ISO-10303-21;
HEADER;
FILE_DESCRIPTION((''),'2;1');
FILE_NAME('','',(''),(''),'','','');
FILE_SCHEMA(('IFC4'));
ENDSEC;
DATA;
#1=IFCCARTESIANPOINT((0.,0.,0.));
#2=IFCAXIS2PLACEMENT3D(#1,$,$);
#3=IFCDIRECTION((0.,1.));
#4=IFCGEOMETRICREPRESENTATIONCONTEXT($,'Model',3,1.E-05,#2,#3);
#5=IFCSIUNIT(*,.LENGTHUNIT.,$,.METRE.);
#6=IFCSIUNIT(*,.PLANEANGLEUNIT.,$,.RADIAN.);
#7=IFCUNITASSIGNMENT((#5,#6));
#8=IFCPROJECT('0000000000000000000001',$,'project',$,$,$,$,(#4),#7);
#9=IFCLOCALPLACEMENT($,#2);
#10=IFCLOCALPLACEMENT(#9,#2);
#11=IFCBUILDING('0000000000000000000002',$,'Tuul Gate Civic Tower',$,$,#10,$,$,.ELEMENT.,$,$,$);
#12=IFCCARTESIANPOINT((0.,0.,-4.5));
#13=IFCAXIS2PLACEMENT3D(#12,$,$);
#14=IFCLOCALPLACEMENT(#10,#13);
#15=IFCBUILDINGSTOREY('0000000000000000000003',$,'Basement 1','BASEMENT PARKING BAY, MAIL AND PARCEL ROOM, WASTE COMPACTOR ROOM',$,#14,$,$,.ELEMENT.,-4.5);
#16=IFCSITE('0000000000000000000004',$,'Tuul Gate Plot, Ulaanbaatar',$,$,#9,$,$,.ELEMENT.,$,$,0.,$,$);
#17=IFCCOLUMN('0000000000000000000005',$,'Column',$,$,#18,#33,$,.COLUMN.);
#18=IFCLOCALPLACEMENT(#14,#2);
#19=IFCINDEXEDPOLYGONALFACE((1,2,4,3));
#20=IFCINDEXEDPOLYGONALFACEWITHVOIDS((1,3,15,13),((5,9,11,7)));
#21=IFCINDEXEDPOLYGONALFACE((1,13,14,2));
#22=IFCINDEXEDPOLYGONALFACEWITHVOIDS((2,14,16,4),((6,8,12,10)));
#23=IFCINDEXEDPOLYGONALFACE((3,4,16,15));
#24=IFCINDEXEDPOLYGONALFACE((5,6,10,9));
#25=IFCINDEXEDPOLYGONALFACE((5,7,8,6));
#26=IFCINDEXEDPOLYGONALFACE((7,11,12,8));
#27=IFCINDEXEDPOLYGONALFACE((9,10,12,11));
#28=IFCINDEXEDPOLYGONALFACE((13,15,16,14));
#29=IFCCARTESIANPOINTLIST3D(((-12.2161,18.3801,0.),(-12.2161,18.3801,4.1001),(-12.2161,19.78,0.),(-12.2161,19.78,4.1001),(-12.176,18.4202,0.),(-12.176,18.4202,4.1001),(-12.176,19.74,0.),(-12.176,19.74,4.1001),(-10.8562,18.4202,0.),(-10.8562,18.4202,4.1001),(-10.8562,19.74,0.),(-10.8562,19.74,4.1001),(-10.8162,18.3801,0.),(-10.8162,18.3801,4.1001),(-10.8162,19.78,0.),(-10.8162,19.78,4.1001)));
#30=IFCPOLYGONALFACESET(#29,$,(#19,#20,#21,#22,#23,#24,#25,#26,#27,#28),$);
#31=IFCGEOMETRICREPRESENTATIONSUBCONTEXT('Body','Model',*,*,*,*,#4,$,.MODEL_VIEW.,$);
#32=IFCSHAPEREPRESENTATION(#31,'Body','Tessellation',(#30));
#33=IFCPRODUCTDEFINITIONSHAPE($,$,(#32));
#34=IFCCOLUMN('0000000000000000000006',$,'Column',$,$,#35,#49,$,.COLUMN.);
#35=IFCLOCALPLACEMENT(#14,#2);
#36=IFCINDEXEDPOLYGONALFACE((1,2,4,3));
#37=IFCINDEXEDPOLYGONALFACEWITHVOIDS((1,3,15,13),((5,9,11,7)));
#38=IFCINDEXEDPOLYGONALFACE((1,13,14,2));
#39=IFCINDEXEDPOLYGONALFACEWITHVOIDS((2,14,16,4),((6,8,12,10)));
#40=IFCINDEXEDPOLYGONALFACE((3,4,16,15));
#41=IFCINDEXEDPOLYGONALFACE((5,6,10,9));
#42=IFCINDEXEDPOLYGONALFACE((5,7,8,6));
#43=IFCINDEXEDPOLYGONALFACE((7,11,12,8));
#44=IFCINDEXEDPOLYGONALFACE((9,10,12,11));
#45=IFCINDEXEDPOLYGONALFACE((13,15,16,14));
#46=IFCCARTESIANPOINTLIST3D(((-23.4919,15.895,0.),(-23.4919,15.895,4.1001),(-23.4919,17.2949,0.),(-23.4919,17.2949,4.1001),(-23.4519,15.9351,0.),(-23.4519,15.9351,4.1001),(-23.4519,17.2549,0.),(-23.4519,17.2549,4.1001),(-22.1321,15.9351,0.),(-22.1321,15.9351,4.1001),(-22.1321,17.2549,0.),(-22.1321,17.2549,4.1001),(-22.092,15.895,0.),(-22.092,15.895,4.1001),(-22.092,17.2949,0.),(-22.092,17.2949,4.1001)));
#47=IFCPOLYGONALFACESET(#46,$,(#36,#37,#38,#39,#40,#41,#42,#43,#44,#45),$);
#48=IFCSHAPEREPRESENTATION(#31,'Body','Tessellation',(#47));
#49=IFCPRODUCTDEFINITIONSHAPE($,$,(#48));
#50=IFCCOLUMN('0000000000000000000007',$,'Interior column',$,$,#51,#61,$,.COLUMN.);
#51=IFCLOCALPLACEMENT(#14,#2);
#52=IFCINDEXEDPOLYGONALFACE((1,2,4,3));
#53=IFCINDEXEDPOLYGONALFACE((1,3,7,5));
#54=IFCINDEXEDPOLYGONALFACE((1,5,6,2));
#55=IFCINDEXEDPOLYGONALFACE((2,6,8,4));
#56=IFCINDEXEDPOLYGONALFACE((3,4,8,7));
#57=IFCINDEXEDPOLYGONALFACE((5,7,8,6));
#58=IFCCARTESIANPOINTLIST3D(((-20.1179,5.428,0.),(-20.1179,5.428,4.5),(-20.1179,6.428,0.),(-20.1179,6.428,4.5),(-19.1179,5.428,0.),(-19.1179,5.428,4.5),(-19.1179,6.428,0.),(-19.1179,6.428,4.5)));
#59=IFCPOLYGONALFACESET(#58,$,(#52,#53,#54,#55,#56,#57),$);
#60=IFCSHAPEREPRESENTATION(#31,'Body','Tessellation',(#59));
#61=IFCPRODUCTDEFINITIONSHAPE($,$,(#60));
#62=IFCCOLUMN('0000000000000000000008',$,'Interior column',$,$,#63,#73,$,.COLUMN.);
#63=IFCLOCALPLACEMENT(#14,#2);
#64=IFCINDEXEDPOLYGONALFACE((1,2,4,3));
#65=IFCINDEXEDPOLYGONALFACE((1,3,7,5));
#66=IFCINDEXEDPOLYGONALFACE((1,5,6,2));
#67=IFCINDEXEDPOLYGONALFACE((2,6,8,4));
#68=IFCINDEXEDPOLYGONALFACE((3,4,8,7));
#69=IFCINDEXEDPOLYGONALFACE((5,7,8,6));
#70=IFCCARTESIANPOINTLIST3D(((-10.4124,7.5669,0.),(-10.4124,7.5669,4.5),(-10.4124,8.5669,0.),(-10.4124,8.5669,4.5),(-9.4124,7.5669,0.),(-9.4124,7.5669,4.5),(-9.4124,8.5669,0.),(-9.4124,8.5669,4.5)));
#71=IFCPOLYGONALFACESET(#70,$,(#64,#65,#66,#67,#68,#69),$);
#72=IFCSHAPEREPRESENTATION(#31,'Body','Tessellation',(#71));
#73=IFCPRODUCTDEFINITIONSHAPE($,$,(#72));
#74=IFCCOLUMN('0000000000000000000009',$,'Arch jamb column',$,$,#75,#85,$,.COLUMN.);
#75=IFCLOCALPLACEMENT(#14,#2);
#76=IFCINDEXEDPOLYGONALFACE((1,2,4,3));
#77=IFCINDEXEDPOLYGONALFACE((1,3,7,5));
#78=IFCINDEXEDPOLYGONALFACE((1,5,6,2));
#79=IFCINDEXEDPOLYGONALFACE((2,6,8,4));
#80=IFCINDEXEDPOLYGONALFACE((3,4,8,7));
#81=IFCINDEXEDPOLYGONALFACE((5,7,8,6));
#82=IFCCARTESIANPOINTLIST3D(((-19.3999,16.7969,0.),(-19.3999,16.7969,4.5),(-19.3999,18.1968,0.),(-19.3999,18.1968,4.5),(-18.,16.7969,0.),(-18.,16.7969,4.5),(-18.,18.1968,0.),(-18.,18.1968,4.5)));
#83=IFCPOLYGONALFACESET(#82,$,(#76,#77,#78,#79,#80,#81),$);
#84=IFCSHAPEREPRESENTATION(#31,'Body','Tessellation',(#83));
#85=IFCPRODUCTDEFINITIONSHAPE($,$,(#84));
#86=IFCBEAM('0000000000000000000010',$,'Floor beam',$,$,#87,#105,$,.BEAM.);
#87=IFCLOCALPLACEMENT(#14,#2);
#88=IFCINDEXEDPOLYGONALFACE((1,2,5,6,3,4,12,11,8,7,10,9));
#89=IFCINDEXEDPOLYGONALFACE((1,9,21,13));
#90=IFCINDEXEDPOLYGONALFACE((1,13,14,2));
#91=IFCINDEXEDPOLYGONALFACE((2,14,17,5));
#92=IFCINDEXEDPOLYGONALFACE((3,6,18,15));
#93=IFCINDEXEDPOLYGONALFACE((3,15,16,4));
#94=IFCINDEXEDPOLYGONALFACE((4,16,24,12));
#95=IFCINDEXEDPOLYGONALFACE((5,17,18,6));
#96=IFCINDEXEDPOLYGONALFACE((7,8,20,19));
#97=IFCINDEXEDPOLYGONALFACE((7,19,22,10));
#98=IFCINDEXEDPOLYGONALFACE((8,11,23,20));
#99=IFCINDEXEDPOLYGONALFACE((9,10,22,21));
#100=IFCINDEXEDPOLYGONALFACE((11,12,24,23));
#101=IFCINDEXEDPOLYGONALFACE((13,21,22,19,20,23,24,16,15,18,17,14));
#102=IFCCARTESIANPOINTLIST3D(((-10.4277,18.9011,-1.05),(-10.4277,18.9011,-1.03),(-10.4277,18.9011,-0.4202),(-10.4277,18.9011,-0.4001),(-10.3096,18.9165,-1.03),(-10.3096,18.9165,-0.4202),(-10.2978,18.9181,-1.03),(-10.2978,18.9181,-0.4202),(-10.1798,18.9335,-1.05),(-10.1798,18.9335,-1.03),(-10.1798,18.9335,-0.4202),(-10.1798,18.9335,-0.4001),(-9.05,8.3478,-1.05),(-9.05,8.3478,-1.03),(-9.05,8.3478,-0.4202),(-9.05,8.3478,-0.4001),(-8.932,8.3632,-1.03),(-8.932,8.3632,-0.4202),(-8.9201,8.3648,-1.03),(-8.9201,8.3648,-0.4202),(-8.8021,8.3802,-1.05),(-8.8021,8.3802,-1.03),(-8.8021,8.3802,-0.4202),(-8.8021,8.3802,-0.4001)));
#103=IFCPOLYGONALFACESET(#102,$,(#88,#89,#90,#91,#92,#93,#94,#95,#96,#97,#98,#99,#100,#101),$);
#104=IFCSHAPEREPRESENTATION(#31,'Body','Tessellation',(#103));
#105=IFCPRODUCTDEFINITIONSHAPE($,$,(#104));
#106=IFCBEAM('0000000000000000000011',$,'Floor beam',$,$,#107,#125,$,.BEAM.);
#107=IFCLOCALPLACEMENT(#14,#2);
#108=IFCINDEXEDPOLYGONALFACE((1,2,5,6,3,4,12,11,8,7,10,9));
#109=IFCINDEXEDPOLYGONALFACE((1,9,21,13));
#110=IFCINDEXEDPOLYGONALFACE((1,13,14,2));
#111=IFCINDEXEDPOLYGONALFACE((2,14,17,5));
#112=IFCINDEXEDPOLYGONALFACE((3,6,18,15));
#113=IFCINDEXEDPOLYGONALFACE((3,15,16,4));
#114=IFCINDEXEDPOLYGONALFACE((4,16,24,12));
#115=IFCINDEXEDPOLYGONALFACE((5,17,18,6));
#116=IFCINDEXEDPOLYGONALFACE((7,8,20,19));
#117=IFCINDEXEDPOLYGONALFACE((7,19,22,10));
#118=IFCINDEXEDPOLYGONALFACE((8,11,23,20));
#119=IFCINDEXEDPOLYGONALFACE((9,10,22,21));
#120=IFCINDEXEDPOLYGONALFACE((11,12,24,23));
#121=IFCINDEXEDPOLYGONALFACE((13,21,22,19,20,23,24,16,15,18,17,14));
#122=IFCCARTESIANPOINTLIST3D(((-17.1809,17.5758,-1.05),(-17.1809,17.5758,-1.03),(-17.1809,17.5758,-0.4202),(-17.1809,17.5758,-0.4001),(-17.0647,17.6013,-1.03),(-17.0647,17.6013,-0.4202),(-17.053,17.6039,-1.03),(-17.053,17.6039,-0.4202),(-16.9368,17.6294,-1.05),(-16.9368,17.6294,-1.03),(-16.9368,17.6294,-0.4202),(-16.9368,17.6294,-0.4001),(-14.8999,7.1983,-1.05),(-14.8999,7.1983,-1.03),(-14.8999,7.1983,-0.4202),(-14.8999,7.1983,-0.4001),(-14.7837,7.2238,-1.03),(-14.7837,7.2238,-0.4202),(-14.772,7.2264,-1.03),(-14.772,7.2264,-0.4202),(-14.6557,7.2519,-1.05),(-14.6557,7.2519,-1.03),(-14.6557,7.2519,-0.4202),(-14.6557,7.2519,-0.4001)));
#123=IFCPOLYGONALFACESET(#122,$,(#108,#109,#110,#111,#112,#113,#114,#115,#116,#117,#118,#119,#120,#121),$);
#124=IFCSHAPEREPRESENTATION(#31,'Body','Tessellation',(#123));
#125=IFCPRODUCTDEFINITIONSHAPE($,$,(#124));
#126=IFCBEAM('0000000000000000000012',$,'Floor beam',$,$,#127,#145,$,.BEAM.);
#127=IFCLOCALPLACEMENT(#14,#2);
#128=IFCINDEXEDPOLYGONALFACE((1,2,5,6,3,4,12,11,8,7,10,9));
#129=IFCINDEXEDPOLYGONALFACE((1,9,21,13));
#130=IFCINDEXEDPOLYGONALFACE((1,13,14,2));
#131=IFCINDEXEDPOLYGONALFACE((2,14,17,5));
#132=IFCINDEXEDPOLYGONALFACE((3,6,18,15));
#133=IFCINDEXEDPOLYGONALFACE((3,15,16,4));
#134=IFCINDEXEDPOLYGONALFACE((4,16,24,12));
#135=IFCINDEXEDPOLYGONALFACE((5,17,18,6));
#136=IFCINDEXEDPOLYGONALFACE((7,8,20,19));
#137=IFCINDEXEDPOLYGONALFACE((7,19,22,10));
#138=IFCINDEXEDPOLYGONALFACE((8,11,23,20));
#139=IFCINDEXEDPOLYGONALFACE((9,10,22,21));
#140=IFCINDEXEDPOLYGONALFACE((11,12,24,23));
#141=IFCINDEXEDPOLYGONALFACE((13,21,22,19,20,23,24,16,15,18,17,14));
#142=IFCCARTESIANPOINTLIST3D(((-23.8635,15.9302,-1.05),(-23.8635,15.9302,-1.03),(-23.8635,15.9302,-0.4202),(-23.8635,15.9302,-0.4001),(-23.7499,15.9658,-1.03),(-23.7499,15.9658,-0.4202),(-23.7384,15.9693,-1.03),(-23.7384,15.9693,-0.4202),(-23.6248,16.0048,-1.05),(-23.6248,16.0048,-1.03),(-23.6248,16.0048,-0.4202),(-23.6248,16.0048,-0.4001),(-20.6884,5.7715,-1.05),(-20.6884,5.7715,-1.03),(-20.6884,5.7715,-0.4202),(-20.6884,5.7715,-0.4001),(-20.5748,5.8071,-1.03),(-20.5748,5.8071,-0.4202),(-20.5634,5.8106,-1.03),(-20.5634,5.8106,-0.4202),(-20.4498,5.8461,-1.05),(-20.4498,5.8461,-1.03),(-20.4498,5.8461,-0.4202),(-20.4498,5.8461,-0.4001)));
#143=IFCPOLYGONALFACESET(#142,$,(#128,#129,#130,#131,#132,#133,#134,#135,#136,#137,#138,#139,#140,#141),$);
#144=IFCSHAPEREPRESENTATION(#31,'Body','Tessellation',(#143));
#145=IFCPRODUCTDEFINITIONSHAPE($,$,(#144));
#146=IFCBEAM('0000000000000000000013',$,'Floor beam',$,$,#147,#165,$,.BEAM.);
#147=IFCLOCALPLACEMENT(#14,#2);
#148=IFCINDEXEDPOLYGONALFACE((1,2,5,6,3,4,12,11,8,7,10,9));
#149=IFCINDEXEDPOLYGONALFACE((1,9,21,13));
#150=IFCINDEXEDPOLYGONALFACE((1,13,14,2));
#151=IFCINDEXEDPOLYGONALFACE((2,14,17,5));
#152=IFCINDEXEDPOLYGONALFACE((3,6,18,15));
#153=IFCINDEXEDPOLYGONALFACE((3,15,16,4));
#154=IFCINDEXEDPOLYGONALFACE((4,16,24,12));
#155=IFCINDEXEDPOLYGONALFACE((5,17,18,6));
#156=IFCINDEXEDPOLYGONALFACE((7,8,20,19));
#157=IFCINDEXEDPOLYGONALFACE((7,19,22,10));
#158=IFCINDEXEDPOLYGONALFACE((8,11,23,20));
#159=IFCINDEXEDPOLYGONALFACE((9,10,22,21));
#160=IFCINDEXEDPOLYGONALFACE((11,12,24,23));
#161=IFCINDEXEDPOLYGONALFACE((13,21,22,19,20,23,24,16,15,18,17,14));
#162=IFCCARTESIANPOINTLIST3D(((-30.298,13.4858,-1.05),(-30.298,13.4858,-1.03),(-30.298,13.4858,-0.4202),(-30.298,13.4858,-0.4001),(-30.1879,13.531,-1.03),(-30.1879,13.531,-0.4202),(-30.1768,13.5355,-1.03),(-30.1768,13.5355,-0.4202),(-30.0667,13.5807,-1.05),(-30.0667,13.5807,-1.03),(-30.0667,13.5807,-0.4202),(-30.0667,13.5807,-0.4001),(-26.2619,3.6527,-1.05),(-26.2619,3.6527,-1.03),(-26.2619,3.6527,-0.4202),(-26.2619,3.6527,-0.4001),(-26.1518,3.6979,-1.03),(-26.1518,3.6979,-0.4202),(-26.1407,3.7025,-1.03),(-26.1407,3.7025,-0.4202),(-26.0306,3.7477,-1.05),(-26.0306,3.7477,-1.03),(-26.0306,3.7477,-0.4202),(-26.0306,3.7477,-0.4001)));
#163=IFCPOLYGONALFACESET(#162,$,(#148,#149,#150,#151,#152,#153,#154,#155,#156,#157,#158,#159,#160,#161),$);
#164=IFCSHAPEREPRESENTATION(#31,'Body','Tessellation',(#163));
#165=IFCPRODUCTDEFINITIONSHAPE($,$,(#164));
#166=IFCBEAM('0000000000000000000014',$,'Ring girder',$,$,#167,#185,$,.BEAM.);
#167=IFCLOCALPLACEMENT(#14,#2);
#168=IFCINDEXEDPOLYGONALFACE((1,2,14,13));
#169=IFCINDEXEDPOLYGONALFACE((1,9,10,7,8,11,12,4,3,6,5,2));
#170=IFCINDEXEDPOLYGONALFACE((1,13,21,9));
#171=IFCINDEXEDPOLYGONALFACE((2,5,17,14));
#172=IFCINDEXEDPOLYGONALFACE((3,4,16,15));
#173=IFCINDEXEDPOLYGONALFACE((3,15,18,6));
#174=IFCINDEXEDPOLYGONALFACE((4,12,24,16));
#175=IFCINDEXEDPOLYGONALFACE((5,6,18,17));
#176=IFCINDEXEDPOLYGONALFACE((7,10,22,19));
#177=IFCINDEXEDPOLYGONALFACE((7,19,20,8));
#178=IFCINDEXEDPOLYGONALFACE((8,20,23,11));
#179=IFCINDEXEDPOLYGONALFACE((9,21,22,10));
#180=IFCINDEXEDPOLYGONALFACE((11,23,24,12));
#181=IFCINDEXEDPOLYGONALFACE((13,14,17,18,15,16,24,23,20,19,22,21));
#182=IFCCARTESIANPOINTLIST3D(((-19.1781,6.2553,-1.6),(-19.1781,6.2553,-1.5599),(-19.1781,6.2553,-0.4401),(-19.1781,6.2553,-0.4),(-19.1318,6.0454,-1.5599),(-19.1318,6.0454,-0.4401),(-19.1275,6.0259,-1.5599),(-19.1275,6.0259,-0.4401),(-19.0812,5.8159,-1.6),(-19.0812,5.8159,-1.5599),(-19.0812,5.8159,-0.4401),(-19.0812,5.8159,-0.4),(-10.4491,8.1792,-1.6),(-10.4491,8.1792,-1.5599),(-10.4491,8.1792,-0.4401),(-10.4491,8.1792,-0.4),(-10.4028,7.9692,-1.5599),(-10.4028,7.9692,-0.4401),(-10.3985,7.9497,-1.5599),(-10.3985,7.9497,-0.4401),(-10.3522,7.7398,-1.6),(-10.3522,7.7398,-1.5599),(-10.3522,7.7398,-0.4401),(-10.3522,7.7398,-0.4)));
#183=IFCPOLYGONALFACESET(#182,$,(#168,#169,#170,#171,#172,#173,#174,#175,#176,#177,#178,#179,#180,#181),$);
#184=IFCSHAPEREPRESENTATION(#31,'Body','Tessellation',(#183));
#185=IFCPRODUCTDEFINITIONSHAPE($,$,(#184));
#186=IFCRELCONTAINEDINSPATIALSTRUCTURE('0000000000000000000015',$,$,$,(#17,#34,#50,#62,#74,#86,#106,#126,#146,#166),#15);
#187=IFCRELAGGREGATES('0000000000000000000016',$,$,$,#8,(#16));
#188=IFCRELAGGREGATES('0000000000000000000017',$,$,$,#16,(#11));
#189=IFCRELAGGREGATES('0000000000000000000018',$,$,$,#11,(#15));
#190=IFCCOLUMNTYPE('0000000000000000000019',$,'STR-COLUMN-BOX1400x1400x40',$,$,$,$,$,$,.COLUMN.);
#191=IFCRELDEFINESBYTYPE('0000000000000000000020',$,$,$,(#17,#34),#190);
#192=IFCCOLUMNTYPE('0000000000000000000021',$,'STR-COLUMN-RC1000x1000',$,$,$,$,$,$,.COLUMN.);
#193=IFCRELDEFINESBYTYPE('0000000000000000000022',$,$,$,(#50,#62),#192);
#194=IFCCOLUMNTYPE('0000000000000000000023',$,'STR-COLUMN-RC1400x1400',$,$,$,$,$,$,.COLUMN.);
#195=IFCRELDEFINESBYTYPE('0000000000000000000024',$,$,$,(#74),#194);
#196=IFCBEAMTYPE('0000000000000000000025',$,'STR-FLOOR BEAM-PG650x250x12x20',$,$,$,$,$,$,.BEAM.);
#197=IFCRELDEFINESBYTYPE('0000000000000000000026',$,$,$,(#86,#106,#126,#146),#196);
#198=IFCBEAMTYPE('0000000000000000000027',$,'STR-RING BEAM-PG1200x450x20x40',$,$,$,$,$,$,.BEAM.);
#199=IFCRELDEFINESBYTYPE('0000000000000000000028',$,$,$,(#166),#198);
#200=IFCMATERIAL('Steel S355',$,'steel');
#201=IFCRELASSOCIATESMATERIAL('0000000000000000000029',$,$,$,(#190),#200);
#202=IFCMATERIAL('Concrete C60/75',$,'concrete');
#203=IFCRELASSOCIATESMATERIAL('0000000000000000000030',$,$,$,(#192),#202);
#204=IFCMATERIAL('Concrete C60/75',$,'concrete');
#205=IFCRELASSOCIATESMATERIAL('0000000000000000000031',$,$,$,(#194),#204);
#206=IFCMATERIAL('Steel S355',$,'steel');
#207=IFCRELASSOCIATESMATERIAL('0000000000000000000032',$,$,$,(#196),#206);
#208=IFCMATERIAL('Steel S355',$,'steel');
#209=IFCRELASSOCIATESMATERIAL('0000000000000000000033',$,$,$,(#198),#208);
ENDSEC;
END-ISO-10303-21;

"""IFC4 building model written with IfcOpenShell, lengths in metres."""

from ifc_helpers import new_model, si_unit, direction, frame, origin, origin_2d, place, context, subcontext, project, spatial, rectangle, hollow_rectangle, i_section, extrude, material, material_profile, profile_set, type_object, element, save


model = new_model("IFC4")

# Units and contexts
model_context = context("Model", 3, precision=1e-05, world=origin(), true_north=direction((0.0, 1.0)))
body_context = subcontext(model_context, "Body", "Model", "MODEL_VIEW")
ifc_project = project(units=[si_unit("LENGTHUNIT", "METRE"), si_unit("PLANEANGLEUNIT", "RADIAN")], contexts=[model_context])

# Site, building, storey
site_placement = place(None, origin())
site = spatial("IfcSite", under=ifc_project, at=site_placement, Name="Tuul Gate Plot, Ulaanbaatar", CompositionType="ELEMENT", RefElevation=0.0)
building_placement = place(site_placement, origin())
building = spatial("IfcBuilding", under=site, at=building_placement, Name="Tuul Gate Civic Tower", CompositionType="ELEMENT")
storey_placement = place(building_placement, frame((0.0, 0.0, -4.5)))
storey = spatial("IfcBuildingStorey", under=building, at=storey_placement, Name="Basement 1", Description="BASEMENT PARKING BAY, MAIL AND PARCEL ROOM, WASTE COMPACTOR ROOM", CompositionType="ELEMENT", Elevation=-4.5)

# Columns
ifc_material_1 = material(Name="Steel S355", Category="steel")
ifc_material_profile_1 = material_profile(ifc_material_1, hollow_rectangle(XDim=1.3999, YDim=1.3999, WallThickness=0.04, at=origin_2d()), Name="BOX1400x1400x40")
ifc_profile_set_1 = profile_set([ifc_material_profile_1], Name="Steel S355")
column_type_1 = type_object("IfcColumnType", Name="STR-COLUMN-BOX1400x1400x40", PredefinedType="COLUMN", material=ifc_profile_set_1)
for number, where, z_axis, x_axis, name in (
    (1, (-11.5161, 19.0801, 0.0), (0.0, 0.0, 1.0), (1.0, 0.0, 0.0), "Column"),
    (2, (-22.792, 16.595, 0.0), (0.0, 0.0, 1.0), (1.0, 0.0, 0.0), "Column"),
):
    element("IfcColumn", number, at=place(storey_placement, frame(where, z_axis=z_axis, x_axis=x_axis)), inside=storey, type_object=column_type_1, Name=name, PredefinedType="COLUMN", context=body_context, shape_type="SweptSolid", body=[
        extrude(hollow_rectangle(XDim=1.3999, YDim=1.3999, WallThickness=0.04, at=origin_2d()), origin(), (0.0, 0.0, 1.0), 4.1001),
    ])
ifc_material_2 = material(Name="Concrete C60/75", Category="concrete")
ifc_material_profile_2 = material_profile(ifc_material_2, rectangle(XDim=1.0, YDim=1.0, at=origin_2d()), Name="RC1000x1000")
ifc_profile_set_2 = profile_set([ifc_material_profile_2], Name="Concrete C60/75")
column_type_2 = type_object("IfcColumnType", Name="STR-COLUMN-RC1000x1000", PredefinedType="COLUMN", material=ifc_profile_set_2)
for number, where, z_axis, x_axis, name in (
    (3, (-19.6179, 5.928, 0.0), (0.0, 0.0, 1.0), (1.0, 0.0, 0.0), "Interior column"),
    (4, (-9.9124, 8.0669, 0.0), (0.0, 0.0, 1.0), (1.0, 0.0, 0.0), "Interior column"),
):
    element("IfcColumn", number, at=place(storey_placement, frame(where, z_axis=z_axis, x_axis=x_axis)), inside=storey, type_object=column_type_2, Name=name, PredefinedType="COLUMN", context=body_context, shape_type="SweptSolid", body=[
        extrude(rectangle(XDim=1.0, YDim=1.0, at=origin_2d()), origin(), (0.0, 0.0, 1.0), 4.5),
    ])
ifc_material_3 = material(Name="Concrete C60/75", Category="concrete")
ifc_material_profile_3 = material_profile(ifc_material_3, rectangle(XDim=1.3999, YDim=1.3999, at=origin_2d()), Name="RC1400x1400")
ifc_profile_set_3 = profile_set([ifc_material_profile_3], Name="Concrete C60/75")
column_type_3 = type_object("IfcColumnType", Name="STR-COLUMN-RC1400x1400", PredefinedType="COLUMN", material=ifc_profile_set_3)
column_placement = place(storey_placement, frame((-18.7, 17.4968, 0.0), z_axis=(0.0, 0.0, 1.0), x_axis=(1.0, 0.0, 0.0)))
element("IfcColumn", 5, at=column_placement, inside=storey, type_object=column_type_3, Name="Arch jamb column", PredefinedType="COLUMN", context=body_context, shape_type="SweptSolid", body=[
    extrude(rectangle(XDim=1.3999, YDim=1.3999, at=origin_2d()), origin(), (0.0, 0.0, 1.0), 4.5),
])

# Beams
ifc_material_4 = material(Name="Steel S355", Category="steel")
ifc_material_profile_4 = material_profile(ifc_material_4, i_section(OverallWidth=0.25, OverallDepth=0.6499, WebThickness=0.012, FlangeThickness=0.02, at=origin_2d()), Name="PG650x250x12x20")
ifc_profile_set_4 = profile_set([ifc_material_profile_4], Name="Steel S355")
beam_type_1 = type_object("IfcBeamType", Name="STR-FLOOR BEAM-PG650x250x12x20", PredefinedType="BEAM", material=ifc_profile_set_4)
beam_1_placement = place(storey_placement, frame((-8.926, 8.364, -0.7251), z_axis=(-0.129448, 0.991586, 0.0), x_axis=(-0.991586, -0.129448, 0.0)))
element("IfcBeam", 6, at=beam_1_placement, inside=storey, type_object=beam_type_1, Name="Floor beam", PredefinedType="BEAM", context=body_context, shape_type="SweptSolid", body=[
    extrude(i_section(OverallWidth=0.25, OverallDepth=0.6499, WebThickness=0.012, FlangeThickness=0.02, at=origin_2d()), origin(), (0.0, 0.0, 1.0), 10.6428),
])
beam_2_placement = place(storey_placement, frame((-14.7778, 7.2251, -0.7251), z_axis=(-0.214679, 0.976685, 0.0), x_axis=(-0.976685, -0.214679, 0.0)))
element("IfcBeam", 7, at=beam_2_placement, inside=storey, type_object=beam_type_1, Name="Floor beam", PredefinedType="BEAM", context=body_context, shape_type="SweptSolid", body=[
    extrude(i_section(OverallWidth=0.25, OverallDepth=0.6499, WebThickness=0.012, FlangeThickness=0.02, at=origin_2d()), origin(), (0.0, 0.0, 1.0), 10.6252),
])
beam_3_placement = place(storey_placement, frame((-20.5691, 5.8088, -0.7251), z_axis=(-0.298314, 0.954468, 0.0), x_axis=(-0.954468, -0.298314, 0.0)))
element("IfcBeam", 8, at=beam_3_placement, inside=storey, type_object=beam_type_1, Name="Floor beam", PredefinedType="BEAM", context=body_context, shape_type="SweptSolid", body=[
    extrude(i_section(OverallWidth=0.25, OverallDepth=0.6499, WebThickness=0.012, FlangeThickness=0.02, at=origin_2d()), origin(), (0.0, 0.0, 1.0), 10.6433),
])
beam_4_placement = place(storey_placement, frame((-26.1462, 3.7002, -0.7251), z_axis=(-0.379724, 0.9251, 0.0), x_axis=(-0.9251, -0.379724, 0.0)))
element("IfcBeam", 9, at=beam_4_placement, inside=storey, type_object=beam_type_1, Name="Floor beam", PredefinedType="BEAM", context=body_context, shape_type="SweptSolid", body=[
    extrude(i_section(OverallWidth=0.25, OverallDepth=0.6499, WebThickness=0.012, FlangeThickness=0.02, at=origin_2d()), origin(), (0.0, 0.0, 1.0), 10.6292),
])
ifc_material_5 = material(Name="Steel S355", Category="steel")
ifc_material_profile_5 = material_profile(ifc_material_5, i_section(OverallWidth=0.45, OverallDepth=1.2, WebThickness=0.02, FlangeThickness=0.04, at=origin_2d()), Name="PG1200x450x20x40")
ifc_profile_set_5 = profile_set([ifc_material_profile_5], Name="Steel S355")
beam_type_2 = type_object("IfcBeamType", Name="STR-RING BEAM-PG1200x450x20x40", PredefinedType="BEAM", material=ifc_profile_set_5)
beam_5_placement = place(storey_placement, frame((-19.1296, 6.0356, -1.0), z_axis=(0.976563, 0.21523, 0.0), x_axis=(-0.21523, 0.976563, 0.0)))
element("IfcBeam", 10, at=beam_5_placement, inside=storey, type_object=beam_type_2, Name="Ring girder", PredefinedType="BEAM", context=body_context, shape_type="SweptSolid", body=[
    extrude(i_section(OverallWidth=0.45, OverallDepth=1.2, WebThickness=0.02, FlangeThickness=0.04, at=origin_2d()), origin(), (0.0, 0.0, 1.0), 8.9385),
])

save(model, "model.ifc")
